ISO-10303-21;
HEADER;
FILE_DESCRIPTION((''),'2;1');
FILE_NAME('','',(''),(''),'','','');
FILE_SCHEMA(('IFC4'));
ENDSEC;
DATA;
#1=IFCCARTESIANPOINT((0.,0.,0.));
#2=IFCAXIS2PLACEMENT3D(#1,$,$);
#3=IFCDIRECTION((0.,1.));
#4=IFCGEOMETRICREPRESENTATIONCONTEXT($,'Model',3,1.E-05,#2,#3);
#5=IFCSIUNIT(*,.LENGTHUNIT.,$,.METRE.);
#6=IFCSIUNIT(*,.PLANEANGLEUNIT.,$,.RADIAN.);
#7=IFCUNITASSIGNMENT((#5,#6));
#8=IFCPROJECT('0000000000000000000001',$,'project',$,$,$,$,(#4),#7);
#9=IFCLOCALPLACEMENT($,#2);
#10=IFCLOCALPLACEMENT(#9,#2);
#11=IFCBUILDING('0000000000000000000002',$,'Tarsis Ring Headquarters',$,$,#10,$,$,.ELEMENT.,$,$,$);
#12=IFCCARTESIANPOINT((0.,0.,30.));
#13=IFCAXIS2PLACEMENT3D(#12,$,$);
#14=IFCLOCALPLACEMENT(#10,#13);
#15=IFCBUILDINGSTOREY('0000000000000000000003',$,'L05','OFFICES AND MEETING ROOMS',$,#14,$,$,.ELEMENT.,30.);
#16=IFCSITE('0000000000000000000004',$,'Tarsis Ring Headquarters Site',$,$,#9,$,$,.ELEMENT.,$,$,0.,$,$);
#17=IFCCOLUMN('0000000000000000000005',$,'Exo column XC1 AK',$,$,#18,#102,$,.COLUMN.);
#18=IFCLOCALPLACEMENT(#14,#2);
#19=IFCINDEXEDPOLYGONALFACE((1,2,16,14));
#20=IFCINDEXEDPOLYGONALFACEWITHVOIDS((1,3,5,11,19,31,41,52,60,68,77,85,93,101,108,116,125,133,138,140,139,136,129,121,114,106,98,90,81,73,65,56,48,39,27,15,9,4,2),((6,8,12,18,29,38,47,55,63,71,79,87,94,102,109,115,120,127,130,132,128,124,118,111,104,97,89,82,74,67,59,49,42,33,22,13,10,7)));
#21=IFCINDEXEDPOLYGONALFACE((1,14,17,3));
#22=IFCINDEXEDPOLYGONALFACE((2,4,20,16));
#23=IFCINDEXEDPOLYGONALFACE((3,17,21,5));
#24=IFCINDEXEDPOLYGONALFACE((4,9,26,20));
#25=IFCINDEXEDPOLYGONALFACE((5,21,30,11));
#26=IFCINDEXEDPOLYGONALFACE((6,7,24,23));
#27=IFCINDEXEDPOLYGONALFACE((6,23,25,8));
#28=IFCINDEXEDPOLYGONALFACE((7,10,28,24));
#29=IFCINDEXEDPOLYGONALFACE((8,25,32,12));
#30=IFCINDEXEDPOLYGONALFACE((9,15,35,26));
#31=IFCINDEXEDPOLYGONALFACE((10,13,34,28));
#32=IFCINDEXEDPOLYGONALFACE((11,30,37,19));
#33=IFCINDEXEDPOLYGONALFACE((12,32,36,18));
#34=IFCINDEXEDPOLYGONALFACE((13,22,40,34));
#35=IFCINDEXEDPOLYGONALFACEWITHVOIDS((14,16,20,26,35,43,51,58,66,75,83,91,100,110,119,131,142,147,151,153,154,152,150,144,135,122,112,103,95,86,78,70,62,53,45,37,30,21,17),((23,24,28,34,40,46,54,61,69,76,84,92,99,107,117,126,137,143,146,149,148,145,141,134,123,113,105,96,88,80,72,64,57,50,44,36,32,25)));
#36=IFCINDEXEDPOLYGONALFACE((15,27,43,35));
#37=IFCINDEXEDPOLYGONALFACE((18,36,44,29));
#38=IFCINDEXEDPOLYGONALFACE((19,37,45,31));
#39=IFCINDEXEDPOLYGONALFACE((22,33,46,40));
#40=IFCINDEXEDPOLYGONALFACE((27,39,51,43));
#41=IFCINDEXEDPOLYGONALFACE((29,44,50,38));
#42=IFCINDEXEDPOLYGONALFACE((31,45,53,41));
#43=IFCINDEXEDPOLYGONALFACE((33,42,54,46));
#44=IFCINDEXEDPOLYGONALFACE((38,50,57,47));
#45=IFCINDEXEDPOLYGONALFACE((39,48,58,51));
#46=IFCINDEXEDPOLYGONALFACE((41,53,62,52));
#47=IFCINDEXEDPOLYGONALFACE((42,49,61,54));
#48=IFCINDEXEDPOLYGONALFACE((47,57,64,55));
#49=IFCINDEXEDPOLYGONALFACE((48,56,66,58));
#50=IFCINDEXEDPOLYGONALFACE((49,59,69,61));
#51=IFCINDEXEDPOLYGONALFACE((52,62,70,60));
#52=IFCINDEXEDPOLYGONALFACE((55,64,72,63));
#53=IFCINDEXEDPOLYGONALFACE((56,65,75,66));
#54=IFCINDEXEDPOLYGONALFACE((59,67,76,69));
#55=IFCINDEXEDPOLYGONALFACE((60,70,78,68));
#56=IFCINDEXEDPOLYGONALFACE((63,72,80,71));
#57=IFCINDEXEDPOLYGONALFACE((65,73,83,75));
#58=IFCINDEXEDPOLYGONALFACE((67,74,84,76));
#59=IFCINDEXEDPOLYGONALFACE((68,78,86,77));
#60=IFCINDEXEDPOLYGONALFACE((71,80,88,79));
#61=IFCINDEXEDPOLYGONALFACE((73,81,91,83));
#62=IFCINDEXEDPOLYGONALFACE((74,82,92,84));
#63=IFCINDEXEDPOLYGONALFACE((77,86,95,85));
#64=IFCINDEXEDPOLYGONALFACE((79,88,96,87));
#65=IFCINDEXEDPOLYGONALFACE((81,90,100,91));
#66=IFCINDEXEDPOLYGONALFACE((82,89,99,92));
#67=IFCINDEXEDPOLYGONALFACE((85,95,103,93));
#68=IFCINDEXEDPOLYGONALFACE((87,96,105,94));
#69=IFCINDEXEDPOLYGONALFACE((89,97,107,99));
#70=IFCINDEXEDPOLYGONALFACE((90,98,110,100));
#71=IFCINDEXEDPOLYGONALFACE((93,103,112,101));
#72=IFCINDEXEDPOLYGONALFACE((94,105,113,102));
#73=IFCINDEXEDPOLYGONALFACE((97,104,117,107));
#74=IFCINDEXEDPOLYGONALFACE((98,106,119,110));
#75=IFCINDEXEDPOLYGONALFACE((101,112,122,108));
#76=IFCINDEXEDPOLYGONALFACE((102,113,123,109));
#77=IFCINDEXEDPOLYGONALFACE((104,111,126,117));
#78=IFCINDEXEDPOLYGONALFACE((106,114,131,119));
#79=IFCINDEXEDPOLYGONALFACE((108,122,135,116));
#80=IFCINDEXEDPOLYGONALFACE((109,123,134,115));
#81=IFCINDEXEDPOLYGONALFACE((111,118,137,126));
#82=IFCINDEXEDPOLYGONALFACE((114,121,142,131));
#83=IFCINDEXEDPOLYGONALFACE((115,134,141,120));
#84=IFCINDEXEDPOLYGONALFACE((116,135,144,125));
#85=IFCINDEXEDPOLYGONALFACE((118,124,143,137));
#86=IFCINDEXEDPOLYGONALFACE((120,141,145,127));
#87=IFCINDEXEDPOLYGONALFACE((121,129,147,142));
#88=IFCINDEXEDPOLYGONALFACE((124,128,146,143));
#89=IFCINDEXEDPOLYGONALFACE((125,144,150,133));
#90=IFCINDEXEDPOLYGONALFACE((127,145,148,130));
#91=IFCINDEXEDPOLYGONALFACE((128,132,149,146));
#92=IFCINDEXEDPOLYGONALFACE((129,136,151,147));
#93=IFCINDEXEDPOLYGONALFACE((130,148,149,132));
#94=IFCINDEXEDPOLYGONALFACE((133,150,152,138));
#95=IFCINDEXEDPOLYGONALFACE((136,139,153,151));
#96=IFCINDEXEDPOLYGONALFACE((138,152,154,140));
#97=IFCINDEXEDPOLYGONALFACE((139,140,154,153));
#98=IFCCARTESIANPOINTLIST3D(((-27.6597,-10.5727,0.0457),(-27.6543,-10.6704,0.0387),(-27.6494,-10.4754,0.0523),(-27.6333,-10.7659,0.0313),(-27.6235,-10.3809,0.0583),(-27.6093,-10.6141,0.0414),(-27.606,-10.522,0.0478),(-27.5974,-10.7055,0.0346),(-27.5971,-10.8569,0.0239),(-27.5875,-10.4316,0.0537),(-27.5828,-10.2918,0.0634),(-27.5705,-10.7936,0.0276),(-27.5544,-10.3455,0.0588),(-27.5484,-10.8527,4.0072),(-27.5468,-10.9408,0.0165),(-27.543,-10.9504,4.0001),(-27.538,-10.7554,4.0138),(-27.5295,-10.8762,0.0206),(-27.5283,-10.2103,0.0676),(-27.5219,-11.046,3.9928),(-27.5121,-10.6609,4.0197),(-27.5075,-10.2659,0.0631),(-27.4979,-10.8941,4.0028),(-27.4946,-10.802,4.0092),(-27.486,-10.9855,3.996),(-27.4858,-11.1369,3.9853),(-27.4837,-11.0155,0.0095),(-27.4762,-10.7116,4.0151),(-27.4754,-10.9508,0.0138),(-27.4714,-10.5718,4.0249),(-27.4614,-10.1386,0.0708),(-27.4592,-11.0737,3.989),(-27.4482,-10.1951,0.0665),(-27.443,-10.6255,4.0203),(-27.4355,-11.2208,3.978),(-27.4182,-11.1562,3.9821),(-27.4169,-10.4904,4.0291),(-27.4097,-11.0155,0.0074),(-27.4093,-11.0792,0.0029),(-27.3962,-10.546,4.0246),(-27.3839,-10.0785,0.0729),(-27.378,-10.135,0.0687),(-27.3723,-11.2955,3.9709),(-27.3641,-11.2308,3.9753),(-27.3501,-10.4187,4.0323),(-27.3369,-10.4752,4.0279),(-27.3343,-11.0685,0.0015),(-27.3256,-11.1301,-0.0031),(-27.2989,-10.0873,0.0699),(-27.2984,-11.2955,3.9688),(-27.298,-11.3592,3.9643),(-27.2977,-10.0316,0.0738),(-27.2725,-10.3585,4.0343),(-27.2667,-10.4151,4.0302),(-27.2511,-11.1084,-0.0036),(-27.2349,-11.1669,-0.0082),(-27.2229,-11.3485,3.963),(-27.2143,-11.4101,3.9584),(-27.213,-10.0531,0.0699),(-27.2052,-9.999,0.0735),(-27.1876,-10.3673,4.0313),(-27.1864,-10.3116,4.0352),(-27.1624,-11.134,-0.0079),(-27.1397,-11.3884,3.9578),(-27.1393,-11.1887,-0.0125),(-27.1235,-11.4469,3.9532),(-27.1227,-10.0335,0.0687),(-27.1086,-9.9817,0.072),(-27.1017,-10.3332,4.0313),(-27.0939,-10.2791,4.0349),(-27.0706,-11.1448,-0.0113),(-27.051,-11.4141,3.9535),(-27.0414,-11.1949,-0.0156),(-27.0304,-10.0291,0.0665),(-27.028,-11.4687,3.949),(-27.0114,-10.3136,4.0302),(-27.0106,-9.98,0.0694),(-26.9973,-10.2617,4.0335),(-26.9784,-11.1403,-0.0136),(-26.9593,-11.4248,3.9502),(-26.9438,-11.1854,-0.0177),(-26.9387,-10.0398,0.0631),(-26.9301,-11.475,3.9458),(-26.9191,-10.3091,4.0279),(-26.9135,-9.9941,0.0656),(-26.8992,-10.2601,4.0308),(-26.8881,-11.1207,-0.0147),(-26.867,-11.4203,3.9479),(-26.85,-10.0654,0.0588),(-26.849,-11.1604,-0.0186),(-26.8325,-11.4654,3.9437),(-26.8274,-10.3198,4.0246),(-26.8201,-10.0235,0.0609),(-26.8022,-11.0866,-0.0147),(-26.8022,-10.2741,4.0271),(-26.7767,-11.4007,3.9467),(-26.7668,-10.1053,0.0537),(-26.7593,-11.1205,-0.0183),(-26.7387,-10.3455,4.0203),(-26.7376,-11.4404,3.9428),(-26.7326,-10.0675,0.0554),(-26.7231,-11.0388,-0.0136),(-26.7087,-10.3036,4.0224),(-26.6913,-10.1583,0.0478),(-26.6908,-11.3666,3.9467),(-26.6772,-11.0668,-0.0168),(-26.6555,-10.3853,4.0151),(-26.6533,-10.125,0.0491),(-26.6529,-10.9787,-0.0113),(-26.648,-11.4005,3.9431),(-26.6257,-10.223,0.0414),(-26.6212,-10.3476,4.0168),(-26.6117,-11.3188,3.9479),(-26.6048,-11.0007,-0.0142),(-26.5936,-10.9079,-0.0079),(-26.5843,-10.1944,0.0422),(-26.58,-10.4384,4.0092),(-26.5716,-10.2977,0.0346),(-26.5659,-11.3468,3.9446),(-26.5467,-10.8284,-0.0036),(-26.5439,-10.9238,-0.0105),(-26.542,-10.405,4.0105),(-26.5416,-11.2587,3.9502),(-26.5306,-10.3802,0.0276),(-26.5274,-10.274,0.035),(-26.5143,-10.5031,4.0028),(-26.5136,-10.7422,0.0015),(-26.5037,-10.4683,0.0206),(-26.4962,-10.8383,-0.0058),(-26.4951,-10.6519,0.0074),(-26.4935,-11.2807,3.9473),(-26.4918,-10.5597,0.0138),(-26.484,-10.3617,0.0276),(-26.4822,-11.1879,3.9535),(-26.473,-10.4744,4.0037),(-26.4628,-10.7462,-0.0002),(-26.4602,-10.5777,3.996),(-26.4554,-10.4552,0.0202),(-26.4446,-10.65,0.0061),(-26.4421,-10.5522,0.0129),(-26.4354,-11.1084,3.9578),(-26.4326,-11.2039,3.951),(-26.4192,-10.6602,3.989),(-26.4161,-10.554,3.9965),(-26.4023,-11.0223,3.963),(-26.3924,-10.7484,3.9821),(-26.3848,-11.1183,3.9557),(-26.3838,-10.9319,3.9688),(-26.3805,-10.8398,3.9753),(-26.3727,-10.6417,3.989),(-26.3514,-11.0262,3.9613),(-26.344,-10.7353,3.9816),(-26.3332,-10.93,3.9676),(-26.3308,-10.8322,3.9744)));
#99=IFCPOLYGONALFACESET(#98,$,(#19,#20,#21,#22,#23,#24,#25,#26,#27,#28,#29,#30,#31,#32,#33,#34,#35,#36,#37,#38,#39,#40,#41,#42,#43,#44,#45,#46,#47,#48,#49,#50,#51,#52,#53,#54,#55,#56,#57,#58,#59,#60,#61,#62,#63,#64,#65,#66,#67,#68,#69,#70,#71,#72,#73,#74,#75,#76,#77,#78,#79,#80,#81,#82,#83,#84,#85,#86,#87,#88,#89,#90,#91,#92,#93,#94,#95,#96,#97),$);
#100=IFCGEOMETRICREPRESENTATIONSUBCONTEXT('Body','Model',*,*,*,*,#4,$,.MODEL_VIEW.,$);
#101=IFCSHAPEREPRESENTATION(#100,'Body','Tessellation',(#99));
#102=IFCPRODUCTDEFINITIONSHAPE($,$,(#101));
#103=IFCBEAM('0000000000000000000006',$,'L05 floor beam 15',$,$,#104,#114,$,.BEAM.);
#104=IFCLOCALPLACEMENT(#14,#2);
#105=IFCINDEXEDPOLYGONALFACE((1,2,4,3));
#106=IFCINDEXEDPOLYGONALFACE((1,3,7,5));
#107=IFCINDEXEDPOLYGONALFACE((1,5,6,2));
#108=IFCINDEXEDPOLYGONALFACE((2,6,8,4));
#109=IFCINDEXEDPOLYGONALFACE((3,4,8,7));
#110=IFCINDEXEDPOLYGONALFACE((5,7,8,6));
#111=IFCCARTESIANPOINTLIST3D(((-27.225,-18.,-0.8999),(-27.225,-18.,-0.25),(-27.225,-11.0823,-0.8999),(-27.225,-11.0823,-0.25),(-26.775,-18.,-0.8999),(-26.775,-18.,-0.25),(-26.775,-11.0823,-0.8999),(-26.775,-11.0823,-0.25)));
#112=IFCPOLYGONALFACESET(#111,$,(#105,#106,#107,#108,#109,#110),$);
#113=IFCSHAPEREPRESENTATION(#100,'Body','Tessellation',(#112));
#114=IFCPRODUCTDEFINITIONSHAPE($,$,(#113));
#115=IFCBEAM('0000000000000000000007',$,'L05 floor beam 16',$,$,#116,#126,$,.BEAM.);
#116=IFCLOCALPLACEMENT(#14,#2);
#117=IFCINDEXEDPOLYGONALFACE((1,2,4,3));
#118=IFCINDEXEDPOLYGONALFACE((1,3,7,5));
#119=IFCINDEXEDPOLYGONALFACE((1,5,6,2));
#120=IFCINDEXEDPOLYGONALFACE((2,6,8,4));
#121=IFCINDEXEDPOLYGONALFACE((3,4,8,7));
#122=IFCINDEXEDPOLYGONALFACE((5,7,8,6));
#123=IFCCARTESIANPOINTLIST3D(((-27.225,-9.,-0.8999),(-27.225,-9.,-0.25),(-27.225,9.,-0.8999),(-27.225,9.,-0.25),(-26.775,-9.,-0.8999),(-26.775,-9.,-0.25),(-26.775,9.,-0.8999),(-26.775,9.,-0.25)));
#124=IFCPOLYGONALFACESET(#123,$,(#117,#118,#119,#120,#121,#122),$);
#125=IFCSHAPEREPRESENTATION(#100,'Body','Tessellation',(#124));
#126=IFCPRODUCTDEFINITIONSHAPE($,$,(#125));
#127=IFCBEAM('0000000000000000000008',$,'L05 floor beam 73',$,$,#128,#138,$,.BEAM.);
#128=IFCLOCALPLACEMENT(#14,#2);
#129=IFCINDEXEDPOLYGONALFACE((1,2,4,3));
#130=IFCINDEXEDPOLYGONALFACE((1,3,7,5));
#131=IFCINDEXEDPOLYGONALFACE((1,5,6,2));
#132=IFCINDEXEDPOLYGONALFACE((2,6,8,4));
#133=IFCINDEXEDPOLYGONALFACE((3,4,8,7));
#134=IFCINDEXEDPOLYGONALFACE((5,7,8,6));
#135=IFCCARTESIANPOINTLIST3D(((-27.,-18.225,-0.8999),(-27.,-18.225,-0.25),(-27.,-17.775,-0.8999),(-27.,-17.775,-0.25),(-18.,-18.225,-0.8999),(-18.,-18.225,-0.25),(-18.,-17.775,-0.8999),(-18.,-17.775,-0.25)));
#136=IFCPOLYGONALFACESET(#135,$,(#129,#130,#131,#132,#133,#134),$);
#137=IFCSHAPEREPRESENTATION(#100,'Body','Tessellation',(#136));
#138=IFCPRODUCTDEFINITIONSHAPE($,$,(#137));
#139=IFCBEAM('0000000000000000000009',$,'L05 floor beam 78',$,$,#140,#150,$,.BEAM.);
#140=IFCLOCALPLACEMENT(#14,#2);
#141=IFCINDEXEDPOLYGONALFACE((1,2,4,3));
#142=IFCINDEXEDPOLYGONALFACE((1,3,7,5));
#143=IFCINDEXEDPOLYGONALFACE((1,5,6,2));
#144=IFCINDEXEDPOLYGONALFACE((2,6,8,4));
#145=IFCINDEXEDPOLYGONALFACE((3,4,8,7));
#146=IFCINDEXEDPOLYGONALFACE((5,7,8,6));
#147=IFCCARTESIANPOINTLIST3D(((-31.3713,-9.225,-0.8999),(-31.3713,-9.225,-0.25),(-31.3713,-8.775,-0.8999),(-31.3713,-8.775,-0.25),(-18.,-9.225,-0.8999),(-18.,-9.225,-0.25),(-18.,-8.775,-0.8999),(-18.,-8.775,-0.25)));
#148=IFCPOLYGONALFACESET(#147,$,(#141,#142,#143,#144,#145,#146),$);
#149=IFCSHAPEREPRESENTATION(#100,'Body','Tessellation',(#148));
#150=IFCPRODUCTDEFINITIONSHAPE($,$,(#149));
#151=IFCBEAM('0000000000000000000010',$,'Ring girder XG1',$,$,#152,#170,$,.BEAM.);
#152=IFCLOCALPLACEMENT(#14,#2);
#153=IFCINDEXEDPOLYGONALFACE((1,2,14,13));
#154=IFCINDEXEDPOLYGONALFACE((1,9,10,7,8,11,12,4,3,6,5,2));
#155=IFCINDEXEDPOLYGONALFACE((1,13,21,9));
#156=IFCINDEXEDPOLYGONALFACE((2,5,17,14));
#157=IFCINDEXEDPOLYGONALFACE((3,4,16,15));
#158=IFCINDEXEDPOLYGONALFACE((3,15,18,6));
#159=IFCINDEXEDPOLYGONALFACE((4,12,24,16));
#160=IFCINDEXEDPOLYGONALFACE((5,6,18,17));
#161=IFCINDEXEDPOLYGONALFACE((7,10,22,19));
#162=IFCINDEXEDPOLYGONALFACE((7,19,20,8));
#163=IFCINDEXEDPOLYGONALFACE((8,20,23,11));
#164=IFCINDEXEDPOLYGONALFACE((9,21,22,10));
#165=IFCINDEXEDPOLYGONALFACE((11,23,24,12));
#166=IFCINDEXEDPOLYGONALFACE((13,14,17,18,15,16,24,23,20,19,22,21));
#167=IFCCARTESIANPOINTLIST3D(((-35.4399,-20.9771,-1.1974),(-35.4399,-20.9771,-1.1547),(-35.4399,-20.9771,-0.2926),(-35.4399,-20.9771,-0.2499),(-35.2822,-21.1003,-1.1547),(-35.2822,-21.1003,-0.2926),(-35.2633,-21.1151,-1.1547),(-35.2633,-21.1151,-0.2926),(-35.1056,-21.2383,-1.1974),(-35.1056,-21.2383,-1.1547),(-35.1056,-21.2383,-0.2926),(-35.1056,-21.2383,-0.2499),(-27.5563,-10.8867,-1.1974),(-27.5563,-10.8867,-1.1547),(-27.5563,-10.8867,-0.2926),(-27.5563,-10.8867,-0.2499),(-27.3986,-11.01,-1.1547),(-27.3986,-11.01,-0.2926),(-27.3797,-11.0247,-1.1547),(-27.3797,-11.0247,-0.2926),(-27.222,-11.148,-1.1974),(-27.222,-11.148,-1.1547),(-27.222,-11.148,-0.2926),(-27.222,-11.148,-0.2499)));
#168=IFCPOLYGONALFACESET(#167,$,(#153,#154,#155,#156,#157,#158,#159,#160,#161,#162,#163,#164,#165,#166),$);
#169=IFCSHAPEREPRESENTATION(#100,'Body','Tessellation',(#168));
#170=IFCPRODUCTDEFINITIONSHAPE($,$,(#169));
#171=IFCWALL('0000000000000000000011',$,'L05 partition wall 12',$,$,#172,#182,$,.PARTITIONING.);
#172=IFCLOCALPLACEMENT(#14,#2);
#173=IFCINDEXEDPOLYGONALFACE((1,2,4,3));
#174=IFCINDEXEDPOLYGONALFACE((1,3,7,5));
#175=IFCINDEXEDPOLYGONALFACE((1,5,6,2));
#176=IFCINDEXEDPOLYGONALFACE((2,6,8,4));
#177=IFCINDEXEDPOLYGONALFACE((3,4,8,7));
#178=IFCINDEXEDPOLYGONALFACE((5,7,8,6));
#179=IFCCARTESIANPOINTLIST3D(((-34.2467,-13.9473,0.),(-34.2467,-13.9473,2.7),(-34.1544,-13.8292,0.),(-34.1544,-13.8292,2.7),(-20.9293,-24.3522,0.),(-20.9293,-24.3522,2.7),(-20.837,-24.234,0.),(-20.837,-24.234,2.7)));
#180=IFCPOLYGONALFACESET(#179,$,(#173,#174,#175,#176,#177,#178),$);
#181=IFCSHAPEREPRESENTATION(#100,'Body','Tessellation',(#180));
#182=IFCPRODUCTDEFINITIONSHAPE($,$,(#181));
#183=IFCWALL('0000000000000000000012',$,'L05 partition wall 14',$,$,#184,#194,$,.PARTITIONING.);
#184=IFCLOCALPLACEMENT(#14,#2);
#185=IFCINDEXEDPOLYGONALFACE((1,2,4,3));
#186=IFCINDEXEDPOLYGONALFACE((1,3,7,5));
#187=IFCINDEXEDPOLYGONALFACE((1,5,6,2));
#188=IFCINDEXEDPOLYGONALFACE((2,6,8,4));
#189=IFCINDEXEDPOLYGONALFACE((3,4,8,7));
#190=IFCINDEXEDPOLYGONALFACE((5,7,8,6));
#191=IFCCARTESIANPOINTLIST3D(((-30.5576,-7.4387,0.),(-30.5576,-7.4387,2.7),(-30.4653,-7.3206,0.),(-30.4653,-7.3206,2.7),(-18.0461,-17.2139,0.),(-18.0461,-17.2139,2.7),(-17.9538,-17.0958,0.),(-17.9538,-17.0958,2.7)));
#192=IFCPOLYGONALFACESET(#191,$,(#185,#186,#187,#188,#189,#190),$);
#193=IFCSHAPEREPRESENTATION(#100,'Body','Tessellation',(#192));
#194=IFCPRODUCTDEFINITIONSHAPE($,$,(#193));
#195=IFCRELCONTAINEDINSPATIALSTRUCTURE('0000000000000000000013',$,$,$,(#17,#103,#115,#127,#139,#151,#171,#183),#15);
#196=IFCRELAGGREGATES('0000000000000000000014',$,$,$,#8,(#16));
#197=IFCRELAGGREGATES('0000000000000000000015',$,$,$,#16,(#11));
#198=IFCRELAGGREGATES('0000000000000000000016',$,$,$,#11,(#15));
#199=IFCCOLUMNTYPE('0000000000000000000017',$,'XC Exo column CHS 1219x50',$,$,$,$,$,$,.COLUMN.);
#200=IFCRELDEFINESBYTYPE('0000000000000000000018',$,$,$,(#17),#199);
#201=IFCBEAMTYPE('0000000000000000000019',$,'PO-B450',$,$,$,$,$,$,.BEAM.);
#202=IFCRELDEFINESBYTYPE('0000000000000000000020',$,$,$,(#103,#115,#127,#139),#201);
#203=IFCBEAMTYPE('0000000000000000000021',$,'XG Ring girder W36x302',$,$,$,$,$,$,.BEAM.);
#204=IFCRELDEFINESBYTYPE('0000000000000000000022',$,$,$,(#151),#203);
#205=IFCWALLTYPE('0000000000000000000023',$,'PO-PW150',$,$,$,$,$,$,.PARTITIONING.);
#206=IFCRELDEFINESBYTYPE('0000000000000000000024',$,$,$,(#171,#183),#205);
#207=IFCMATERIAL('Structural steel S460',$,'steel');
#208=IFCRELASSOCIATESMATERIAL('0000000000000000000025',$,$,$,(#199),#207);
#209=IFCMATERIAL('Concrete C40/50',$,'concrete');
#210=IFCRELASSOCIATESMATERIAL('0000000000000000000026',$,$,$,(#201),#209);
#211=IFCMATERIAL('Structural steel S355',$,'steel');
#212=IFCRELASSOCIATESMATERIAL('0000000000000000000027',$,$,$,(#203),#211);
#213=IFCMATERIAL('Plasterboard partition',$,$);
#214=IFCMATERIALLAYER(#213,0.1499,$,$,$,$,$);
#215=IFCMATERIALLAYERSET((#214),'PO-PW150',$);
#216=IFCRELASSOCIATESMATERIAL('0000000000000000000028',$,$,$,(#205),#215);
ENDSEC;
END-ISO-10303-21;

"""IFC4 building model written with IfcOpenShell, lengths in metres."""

from ifc_helpers import new_model, si_unit, direction, frame, frame_2d, origin, origin_2d, place, context, subcontext, project, spatial, rectangle, hollow_circle, i_section, extrude, material, layer, layer_set, material_profile, profile_set, type_object, element, save


model = new_model("IFC4")

# Units and contexts
model_context = context("Model", 3, precision=1e-05, world=origin(), true_north=direction((0.0, 1.0)))
body_context = subcontext(model_context, "Body", "Model", "MODEL_VIEW")
ifc_project = project(units=[si_unit("LENGTHUNIT", "METRE"), si_unit("PLANEANGLEUNIT", "RADIAN")], contexts=[model_context])

# Site, building, storey
site_placement = place(None, origin())
site = spatial("IfcSite", under=ifc_project, at=site_placement, Name="Tarsis Ring Headquarters Site", CompositionType="ELEMENT", RefElevation=0.0)
building_placement = place(site_placement, origin())
building = spatial("IfcBuilding", under=site, at=building_placement, Name="Tarsis Ring Headquarters", CompositionType="ELEMENT")
storey_placement = place(building_placement, frame((0.0, 0.0, 30.0)))
storey = spatial("IfcBuildingStorey", under=building, at=storey_placement, Name="L05", Description="OFFICES AND MEETING ROOMS", CompositionType="ELEMENT", Elevation=30.0)

# Column
ifc_material_1 = material(Name="Structural steel S460", Category="steel")
ifc_material_profile_1 = material_profile(ifc_material_1, hollow_circle(Radius=0.6096, WallThickness=0.05, at=origin_2d()), Name="CHS 1219x50")
ifc_profile_set_1 = profile_set([ifc_material_profile_1], Name="Structural steel S460")
column_type = type_object("IfcColumnType", Name="XC Exo column CHS 1219x50", PredefinedType="COLUMN", material=ifc_profile_set_1)
column_placement = place(storey_placement, frame((-27.0505, -10.5869, 0.0276), z_axis=(0.028022, -0.070485, 0.997119), x_axis=(0.929257, 0.369434, 0.0)))
element("IfcColumn", 1, at=column_placement, inside=storey, type_object=column_type, Name="Exo column XC1 AK", PredefinedType="COLUMN", context=body_context, shape_type="SweptSolid", body=[
    extrude(hollow_circle(Radius=0.6096, WallThickness=0.05, at=origin_2d()), origin(), (0.0, 0.0, 1.0), 3.9729),
])

# Beams
ifc_material_2 = material(Name="Concrete C40/50", Category="concrete")
ifc_material_profile_2 = material_profile(ifc_material_2, rectangle(XDim=0.45, YDim=0.6499, at=origin_2d()), Name="PO-B450")
ifc_profile_set_2 = profile_set([ifc_material_profile_2], Name="Concrete C40/50")
beam_type_1 = type_object("IfcBeamType", Name="PO-B450", PredefinedType="BEAM", material=ifc_profile_set_2)
beam_1_placement = place(storey_placement, frame((-27.0, -18.0, -0.575), z_axis=(0.0, 1.0, 0.0), x_axis=(-1.0, 0.0, 0.0)))
element("IfcBeam", 2, at=beam_1_placement, inside=storey, type_object=beam_type_1, Name="L05 floor beam 15", PredefinedType="BEAM", context=body_context, shape_type="SweptSolid", body=[
    extrude(rectangle(XDim=0.45, YDim=0.6499, at=origin_2d()), origin(), (0.0, 0.0, 1.0), 6.9177),
])
beam_2_placement = place(storey_placement, frame((-27.0, -9.0, -0.575), z_axis=(0.0, 1.0, 0.0), x_axis=(-1.0, 0.0, 0.0)))
element("IfcBeam", 3, at=beam_2_placement, inside=storey, type_object=beam_type_1, Name="L05 floor beam 16", PredefinedType="BEAM", context=body_context, shape_type="SweptSolid", body=[
    extrude(rectangle(XDim=0.45, YDim=0.6499, at=origin_2d()), origin(), (0.0, 0.0, 1.0), 18.0),
])
beam_3_placement = place(storey_placement, frame((-27.0, -18.0, -0.575), z_axis=(1.0, 0.0, 0.0), x_axis=(0.0, 1.0, 0.0)))
element("IfcBeam", 4, at=beam_3_placement, inside=storey, type_object=beam_type_1, Name="L05 floor beam 73", PredefinedType="BEAM", context=body_context, shape_type="SweptSolid", body=[
    extrude(rectangle(XDim=0.45, YDim=0.6499, at=origin_2d()), origin(), (0.0, 0.0, 1.0), 9.0),
])
beam_4_placement = place(storey_placement, frame((-31.3713, -9.0, -0.575), z_axis=(1.0, 0.0, 0.0), x_axis=(0.0, 1.0, 0.0)))
element("IfcBeam", 5, at=beam_4_placement, inside=storey, type_object=beam_type_1, Name="L05 floor beam 78", PredefinedType="BEAM", context=body_context, shape_type="SweptSolid", body=[
    extrude(rectangle(XDim=0.45, YDim=0.6499, at=origin_2d()), origin(), (0.0, 0.0, 1.0), 13.3713),
])
ifc_material_3 = material(Name="Structural steel S355", Category="steel")
ifc_material_profile_3 = material_profile(ifc_material_3, i_section(OverallWidth=0.4243, OverallDepth=0.9475, WebThickness=0.0239, FlangeThickness=0.0427, at=origin_2d()), Name="W36x302")
ifc_profile_set_3 = profile_set([ifc_material_profile_3], Name="Structural steel S355")
beam_type_2 = type_object("IfcBeamType", Name="XG Ring girder W36x302", PredefinedType="BEAM", material=ifc_profile_set_3)
beam_5_placement = place(storey_placement, frame((-27.3892, -11.0173, -0.7236), z_axis=(-0.615667, -0.788006, 0.0), x_axis=(0.788006, -0.615667, 0.0)))
element("IfcBeam", 6, at=beam_5_placement, inside=storey, type_object=beam_type_2, Name="Ring girder XG1", PredefinedType="BEAM", context=body_context, shape_type="SweptSolid", body=[
    extrude(i_section(OverallWidth=0.4243, OverallDepth=0.9475, WebThickness=0.0239, FlangeThickness=0.0427, at=origin_2d()), origin(), (0.0, 0.0, 1.0), 12.8049),
])

# Walls
ifc_material_4 = material(Name="Plasterboard partition")
ifc_layer_1 = layer(ifc_material_4, 0.1499)
ifc_layer_set_1 = layer_set([ifc_layer_1], Name="PO-PW150")
wall_type_1 = type_object("IfcWallType", Name="PO-PW150", PredefinedType="PARTITIONING", material=ifc_layer_set_1)
wall_1_placement = place(storey_placement, frame((-34.2007, -13.8882, 0.0), z_axis=(0.0, 0.0, 1.0), x_axis=(0.788008, -0.615665, 0.0)))
element("IfcWall", 7, at=wall_1_placement, inside=storey, type_object=wall_type_1, Name="L05 partition wall 12", PredefinedType="PARTITIONING", context=body_context, shape_type="SweptSolid", body=[
    extrude(rectangle(XDim=16.9001, YDim=0.1499, at=frame_2d((8.4502, 0.0))), origin(), (0.0, 0.0, 1.0), 2.7),
])
wall_2_placement = place(storey_placement, frame((-30.5115, -7.3796, 0.0), z_axis=(0.0, 0.0, 1.0), x_axis=(0.788007, -0.615666, 0.0)))
element("IfcWall", 8, at=wall_2_placement, inside=storey, type_object=wall_type_1, Name="L05 partition wall 14", PredefinedType="PARTITIONING", context=body_context, shape_type="SweptSolid", body=[
    extrude(rectangle(XDim=15.8774, YDim=0.1499, at=frame_2d((7.9387, 0.0))), origin(), (0.0, 0.0, 1.0), 2.7),
])

save(model, "model.ifc")
